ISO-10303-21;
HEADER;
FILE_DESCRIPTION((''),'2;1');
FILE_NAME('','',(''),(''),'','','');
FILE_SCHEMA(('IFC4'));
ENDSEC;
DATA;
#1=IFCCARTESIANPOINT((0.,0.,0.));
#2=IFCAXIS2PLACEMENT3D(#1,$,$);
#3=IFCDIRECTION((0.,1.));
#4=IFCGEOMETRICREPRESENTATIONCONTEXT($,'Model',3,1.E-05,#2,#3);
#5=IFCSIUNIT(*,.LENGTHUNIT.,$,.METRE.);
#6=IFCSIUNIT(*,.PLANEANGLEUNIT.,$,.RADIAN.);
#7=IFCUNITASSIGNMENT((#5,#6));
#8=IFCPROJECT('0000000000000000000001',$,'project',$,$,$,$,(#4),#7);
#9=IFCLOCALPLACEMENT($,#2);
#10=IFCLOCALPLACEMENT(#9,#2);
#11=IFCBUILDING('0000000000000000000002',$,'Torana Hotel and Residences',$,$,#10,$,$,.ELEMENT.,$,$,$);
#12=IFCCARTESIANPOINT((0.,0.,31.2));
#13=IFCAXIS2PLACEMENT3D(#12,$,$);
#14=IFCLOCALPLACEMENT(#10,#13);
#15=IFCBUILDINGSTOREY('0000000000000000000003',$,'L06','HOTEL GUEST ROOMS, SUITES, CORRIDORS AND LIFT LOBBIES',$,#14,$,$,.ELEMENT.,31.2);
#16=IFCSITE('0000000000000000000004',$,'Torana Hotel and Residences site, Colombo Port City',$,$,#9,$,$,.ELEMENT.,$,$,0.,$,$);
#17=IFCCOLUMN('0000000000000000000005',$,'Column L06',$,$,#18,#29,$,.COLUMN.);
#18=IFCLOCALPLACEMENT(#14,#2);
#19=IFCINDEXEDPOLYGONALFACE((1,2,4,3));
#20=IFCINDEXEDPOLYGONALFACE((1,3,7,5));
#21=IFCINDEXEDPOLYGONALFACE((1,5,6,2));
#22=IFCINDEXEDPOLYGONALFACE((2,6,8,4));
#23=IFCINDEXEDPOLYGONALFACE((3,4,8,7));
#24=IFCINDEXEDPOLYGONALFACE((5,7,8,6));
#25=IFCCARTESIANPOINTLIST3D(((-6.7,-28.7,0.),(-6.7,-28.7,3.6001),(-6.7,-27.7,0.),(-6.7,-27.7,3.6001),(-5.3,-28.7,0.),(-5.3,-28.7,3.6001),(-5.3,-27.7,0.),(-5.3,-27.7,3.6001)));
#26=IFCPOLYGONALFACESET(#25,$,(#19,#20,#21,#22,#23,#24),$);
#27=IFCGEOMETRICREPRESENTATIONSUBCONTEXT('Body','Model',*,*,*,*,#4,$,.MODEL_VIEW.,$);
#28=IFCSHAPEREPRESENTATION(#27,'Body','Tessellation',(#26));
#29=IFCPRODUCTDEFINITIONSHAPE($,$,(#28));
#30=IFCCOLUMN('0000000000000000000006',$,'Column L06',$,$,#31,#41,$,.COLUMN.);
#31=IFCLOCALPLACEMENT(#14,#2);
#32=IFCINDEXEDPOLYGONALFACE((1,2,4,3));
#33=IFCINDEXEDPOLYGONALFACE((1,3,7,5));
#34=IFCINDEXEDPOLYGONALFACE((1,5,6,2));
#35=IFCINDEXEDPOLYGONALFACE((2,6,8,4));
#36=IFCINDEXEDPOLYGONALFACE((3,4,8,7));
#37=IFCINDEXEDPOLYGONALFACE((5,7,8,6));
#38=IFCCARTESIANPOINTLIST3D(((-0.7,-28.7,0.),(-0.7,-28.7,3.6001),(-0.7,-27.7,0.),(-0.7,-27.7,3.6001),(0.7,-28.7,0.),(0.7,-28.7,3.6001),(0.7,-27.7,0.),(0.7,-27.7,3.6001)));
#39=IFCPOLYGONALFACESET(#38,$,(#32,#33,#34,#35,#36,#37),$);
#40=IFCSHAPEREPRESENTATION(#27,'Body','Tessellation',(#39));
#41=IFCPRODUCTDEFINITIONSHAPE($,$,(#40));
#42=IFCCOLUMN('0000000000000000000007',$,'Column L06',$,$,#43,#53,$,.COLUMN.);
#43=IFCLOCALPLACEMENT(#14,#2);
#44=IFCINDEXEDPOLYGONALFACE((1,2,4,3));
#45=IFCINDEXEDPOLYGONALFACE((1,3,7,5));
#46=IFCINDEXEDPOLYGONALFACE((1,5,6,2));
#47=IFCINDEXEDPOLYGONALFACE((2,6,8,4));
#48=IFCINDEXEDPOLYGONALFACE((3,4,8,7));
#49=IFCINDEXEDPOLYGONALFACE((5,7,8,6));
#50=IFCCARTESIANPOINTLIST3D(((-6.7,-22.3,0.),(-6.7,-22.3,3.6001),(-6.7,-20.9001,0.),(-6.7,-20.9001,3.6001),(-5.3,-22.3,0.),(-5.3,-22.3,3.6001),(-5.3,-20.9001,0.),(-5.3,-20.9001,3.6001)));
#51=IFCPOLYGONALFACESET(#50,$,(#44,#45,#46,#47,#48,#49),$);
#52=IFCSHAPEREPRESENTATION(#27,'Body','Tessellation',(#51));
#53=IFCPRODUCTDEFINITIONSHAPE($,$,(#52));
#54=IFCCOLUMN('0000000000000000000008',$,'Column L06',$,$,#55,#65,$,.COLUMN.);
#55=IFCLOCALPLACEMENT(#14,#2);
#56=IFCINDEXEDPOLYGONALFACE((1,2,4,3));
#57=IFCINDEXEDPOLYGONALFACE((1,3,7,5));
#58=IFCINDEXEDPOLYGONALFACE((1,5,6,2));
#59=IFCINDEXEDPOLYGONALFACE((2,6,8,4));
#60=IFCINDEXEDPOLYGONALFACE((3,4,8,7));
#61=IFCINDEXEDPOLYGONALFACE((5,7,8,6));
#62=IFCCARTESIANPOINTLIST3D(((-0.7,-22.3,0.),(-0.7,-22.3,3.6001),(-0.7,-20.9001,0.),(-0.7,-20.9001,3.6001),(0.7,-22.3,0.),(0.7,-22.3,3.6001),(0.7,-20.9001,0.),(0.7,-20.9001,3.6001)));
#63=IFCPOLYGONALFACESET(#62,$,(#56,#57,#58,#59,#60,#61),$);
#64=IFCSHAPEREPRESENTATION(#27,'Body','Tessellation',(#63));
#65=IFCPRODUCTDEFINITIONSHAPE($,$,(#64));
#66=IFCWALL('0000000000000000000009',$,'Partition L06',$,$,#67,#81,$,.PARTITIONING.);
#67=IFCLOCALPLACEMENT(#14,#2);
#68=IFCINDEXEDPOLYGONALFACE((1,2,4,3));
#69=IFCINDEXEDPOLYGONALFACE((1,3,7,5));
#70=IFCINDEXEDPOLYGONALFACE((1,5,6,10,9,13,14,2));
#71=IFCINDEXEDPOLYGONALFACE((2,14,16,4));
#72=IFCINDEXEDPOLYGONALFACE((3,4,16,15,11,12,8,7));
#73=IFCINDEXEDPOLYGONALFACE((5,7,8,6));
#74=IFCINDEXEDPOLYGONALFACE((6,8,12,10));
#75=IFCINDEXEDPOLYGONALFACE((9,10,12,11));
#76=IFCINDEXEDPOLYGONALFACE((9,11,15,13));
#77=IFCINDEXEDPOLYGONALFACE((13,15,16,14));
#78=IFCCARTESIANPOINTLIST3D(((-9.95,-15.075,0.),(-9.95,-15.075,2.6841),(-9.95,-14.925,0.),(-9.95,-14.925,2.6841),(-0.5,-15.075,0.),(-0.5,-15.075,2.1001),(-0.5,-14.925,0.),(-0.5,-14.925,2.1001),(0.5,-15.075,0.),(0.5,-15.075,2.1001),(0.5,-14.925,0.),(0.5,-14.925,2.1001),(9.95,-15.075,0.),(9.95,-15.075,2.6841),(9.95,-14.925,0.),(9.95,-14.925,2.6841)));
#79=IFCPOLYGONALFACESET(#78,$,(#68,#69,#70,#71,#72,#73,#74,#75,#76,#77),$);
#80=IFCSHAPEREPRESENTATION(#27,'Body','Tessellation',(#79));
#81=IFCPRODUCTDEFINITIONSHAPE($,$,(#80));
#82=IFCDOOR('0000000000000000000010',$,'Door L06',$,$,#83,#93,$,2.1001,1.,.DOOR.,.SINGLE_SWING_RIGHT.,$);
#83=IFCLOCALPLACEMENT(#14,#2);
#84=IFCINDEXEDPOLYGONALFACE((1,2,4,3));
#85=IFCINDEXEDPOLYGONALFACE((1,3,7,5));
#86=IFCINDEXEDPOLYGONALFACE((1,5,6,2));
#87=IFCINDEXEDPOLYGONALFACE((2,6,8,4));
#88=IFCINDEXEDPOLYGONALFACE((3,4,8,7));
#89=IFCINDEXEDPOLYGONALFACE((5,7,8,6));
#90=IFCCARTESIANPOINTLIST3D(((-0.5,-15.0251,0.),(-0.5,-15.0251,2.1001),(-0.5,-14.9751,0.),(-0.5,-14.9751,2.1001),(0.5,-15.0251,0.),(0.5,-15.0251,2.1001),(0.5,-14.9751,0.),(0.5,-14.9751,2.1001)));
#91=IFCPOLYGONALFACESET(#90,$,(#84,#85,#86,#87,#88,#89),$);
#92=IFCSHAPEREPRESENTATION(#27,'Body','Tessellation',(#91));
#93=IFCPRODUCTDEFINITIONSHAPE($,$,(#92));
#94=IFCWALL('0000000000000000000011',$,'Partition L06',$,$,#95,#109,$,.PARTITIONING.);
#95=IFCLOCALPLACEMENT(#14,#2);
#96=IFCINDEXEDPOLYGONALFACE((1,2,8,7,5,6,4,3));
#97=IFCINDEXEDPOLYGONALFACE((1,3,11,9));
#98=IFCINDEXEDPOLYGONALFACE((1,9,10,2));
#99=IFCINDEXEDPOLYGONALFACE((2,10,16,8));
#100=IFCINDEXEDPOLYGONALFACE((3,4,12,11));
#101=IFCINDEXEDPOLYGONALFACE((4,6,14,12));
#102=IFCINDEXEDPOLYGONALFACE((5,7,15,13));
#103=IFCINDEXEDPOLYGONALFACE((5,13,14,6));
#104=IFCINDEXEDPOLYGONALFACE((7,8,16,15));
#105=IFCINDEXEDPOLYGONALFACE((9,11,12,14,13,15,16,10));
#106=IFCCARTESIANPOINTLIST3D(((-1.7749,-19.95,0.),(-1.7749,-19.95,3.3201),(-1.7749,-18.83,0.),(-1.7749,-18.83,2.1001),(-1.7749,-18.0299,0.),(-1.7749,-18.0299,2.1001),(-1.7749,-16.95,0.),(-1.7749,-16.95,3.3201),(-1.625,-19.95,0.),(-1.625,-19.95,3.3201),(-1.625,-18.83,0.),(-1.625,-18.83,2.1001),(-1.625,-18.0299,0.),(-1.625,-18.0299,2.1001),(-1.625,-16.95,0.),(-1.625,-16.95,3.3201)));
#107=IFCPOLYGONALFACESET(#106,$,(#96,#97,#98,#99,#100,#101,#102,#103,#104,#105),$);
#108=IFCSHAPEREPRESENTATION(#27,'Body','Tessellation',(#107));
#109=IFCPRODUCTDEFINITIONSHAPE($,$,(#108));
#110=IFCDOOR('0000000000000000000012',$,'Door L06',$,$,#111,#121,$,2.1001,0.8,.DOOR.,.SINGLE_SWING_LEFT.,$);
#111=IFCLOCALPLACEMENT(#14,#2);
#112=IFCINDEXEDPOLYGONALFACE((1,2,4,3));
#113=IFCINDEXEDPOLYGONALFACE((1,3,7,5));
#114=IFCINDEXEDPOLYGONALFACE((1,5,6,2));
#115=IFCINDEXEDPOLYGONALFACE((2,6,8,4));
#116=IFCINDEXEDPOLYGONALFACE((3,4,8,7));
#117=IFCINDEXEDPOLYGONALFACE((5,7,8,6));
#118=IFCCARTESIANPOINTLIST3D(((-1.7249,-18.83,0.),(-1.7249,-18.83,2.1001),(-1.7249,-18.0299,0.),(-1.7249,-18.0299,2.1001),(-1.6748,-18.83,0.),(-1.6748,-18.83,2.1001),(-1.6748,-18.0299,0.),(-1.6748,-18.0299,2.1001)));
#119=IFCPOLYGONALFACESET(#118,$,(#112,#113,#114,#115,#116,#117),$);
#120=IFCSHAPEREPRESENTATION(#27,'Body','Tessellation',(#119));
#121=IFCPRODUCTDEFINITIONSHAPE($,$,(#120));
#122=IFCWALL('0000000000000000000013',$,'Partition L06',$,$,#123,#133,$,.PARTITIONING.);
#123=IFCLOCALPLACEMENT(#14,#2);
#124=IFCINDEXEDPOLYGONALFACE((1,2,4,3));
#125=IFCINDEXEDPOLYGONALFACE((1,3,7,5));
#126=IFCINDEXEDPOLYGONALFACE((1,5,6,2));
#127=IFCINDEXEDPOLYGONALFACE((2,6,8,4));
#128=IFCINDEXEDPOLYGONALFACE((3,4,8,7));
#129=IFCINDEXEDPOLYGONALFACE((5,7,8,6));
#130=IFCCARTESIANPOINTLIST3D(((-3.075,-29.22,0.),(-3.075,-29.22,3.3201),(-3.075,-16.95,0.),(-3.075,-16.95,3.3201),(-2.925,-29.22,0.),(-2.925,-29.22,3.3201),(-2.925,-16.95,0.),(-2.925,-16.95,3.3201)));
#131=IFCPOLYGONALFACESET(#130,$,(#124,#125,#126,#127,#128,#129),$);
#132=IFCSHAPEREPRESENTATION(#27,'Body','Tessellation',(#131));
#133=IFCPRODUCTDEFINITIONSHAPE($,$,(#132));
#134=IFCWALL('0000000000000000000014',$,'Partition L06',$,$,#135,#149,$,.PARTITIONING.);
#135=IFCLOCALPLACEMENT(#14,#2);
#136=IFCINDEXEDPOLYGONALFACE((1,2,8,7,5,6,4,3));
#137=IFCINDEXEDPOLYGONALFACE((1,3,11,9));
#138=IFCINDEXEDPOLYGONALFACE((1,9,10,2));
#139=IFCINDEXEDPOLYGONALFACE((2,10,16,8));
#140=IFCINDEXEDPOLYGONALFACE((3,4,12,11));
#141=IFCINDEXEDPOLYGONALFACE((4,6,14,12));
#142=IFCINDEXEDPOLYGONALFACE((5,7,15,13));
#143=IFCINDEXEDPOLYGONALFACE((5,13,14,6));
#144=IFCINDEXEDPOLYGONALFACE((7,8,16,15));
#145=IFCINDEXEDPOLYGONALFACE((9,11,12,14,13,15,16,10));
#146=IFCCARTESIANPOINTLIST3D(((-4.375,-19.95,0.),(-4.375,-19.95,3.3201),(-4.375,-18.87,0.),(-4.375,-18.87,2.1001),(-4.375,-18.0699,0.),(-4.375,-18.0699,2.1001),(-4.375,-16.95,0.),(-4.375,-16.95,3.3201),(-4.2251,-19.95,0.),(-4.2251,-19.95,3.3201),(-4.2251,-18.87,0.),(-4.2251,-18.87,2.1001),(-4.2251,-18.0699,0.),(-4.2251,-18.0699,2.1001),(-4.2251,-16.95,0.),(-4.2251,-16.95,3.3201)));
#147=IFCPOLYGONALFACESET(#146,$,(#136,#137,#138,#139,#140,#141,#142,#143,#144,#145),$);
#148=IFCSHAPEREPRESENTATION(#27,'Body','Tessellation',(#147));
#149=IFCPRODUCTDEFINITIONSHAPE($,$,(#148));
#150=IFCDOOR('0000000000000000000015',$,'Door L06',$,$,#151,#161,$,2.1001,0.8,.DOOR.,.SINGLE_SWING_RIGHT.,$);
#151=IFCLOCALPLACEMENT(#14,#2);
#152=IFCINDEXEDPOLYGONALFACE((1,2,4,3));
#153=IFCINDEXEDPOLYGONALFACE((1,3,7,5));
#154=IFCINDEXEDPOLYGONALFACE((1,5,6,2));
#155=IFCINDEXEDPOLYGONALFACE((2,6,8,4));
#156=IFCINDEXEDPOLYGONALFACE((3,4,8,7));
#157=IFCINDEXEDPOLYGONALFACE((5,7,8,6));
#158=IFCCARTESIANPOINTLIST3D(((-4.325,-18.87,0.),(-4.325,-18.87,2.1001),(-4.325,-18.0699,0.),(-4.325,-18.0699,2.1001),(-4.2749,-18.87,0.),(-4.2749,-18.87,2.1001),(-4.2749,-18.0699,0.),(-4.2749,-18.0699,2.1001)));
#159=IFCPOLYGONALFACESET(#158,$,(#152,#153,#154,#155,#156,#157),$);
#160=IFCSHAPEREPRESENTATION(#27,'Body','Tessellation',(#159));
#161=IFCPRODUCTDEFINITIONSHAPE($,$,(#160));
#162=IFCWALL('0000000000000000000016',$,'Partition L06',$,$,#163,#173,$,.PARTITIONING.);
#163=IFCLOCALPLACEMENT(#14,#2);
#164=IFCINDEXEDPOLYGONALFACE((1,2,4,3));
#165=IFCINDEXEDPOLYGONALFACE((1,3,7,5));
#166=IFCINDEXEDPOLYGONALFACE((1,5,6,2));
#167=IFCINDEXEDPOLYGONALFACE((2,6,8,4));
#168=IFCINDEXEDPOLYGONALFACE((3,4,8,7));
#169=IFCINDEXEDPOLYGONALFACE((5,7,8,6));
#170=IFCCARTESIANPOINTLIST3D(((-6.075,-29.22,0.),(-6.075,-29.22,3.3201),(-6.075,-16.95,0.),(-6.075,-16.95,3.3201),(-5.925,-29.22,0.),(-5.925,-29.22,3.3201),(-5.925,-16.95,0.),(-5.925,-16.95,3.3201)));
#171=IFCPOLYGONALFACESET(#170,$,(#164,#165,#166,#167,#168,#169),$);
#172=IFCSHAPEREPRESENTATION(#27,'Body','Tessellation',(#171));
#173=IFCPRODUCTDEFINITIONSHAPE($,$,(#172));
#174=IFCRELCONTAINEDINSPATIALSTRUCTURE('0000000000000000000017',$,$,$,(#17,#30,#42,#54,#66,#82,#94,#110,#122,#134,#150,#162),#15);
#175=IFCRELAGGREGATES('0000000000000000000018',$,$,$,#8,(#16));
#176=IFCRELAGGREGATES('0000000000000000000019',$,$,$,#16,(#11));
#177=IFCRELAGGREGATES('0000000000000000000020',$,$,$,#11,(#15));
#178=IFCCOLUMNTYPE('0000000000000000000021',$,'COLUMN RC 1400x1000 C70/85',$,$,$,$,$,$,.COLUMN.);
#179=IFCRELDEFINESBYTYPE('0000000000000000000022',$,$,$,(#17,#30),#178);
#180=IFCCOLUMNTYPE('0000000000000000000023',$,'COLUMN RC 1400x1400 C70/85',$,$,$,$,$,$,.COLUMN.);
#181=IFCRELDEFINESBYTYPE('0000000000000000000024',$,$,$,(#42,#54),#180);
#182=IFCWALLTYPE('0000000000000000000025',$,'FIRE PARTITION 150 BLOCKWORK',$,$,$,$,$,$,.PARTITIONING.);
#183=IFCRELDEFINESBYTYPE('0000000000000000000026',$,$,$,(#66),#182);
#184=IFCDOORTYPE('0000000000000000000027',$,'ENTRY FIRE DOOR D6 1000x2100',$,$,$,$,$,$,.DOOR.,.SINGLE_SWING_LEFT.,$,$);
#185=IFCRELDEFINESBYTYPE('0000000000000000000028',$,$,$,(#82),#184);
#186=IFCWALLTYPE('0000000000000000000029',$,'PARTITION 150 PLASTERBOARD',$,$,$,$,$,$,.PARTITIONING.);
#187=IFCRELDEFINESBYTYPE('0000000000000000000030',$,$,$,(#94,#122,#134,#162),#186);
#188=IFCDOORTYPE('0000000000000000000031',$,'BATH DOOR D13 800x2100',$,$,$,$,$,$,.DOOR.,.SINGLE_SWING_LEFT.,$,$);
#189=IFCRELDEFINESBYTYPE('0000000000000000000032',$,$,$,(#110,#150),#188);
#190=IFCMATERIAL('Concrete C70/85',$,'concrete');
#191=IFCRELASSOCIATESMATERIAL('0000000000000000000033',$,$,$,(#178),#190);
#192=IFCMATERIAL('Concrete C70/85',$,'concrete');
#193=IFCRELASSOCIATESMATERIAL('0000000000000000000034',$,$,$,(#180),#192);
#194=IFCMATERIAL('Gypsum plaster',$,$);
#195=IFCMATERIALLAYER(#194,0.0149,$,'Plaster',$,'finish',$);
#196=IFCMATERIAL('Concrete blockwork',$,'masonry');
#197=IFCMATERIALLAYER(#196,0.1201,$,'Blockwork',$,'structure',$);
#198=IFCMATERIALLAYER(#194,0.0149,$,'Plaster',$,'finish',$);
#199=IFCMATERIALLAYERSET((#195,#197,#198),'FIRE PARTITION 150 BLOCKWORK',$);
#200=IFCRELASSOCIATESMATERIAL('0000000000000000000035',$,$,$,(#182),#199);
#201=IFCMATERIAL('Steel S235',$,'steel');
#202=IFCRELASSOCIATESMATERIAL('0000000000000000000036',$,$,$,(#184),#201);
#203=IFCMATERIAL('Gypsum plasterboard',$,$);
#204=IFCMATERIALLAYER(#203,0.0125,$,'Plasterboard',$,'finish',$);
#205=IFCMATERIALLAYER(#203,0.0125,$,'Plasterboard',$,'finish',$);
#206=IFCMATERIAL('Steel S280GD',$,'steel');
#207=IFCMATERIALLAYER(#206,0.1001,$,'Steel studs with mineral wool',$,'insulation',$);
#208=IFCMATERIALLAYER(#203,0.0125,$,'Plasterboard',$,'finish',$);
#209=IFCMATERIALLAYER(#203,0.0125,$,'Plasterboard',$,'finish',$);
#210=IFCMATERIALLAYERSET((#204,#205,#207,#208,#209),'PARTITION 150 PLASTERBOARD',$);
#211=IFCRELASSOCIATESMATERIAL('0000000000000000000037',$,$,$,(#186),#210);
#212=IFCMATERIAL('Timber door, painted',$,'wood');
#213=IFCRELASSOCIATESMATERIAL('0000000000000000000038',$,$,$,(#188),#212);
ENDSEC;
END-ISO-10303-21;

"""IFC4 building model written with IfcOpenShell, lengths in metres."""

from ifc_helpers import new_model, si_unit, direction, frame, frame_2d, origin, origin_2d, place, context, subcontext, project, spatial, rectangle, extrude, material, layer, layer_set, material_profile, profile_set, type_object, element, fill, save


model = new_model("IFC4")

# Units and contexts
model_context = context("Model", 3, precision=1e-05, world=origin(), true_north=direction((0.0, 1.0)))
body_context = subcontext(model_context, "Body", "Model", "MODEL_VIEW")
ifc_project = project(units=[si_unit("LENGTHUNIT", "METRE"), si_unit("PLANEANGLEUNIT", "RADIAN")], contexts=[model_context])

# Site, building, storey
site_placement = place(None, origin())
site = spatial("IfcSite", under=ifc_project, at=site_placement, Name="Torana Hotel and Residences site, Colombo Port City", CompositionType="ELEMENT", RefElevation=0.0)
building_placement = place(site_placement, origin())
building = spatial("IfcBuilding", under=site, at=building_placement, Name="Torana Hotel and Residences", CompositionType="ELEMENT")
storey_placement = place(building_placement, frame((0.0, 0.0, 31.2)))
storey = spatial("IfcBuildingStorey", under=building, at=storey_placement, Name="L06", Description="HOTEL GUEST ROOMS, SUITES, CORRIDORS AND LIFT LOBBIES", CompositionType="ELEMENT", Elevation=31.2)

# Columns
ifc_material_1 = material(Name="Concrete C70/85", Category="concrete")
ifc_material_profile_1 = material_profile(ifc_material_1, rectangle(XDim=1.3999, YDim=1.0, at=origin_2d()), Name="RC 1400x1000")
ifc_profile_set_1 = profile_set([ifc_material_profile_1], Name="Concrete C70/85")
column_type_1 = type_object("IfcColumnType", Name="COLUMN RC 1400x1000 C70/85", PredefinedType="COLUMN", material=ifc_profile_set_1)
for number, where, z_axis, x_axis, name in (
    (1, (-6.0, -28.2, 0.0), (0.0, 0.0, 1.0), (1.0, 0.0, 0.0), "Column L06"),
    (2, (0.0, -28.2, 0.0), (0.0, 0.0, 1.0), (1.0, 0.0, 0.0), "Column L06"),
):
    element("IfcColumn", number, at=place(storey_placement, frame(where, z_axis=z_axis, x_axis=x_axis)), inside=storey, type_object=column_type_1, Name=name, PredefinedType="COLUMN", context=body_context, shape_type="SweptSolid", body=[
        extrude(rectangle(XDim=1.3999, YDim=1.0, at=origin_2d()), origin(), (0.0, 0.0, 1.0), 3.6001),
    ])
ifc_material_2 = material(Name="Concrete C70/85", Category="concrete")
ifc_material_profile_2 = material_profile(ifc_material_2, rectangle(XDim=1.3999, YDim=1.3999, at=origin_2d()), Name="RC 1400x1400")
ifc_profile_set_2 = profile_set([ifc_material_profile_2], Name="Concrete C70/85")
column_type_2 = type_object("IfcColumnType", Name="COLUMN RC 1400x1400 C70/85", PredefinedType="COLUMN", material=ifc_profile_set_2)
for number, where, z_axis, x_axis, name in (
    (3, (-6.0, -21.6001, 0.0), (0.0, 0.0, 1.0), (1.0, 0.0, 0.0), "Column L06"),
    (4, (0.0, -21.6001, 0.0), (0.0, 0.0, 1.0), (1.0, 0.0, 0.0), "Column L06"),
):
    element("IfcColumn", number, at=place(storey_placement, frame(where, z_axis=z_axis, x_axis=x_axis)), inside=storey, type_object=column_type_2, Name=name, PredefinedType="COLUMN", context=body_context, shape_type="SweptSolid", body=[
        extrude(rectangle(XDim=1.3999, YDim=1.3999, at=origin_2d()), origin(), (0.0, 0.0, 1.0), 3.6001),
    ])

# Walls, openings, doors
ifc_material_3 = material(Name="Gypsum plaster")
ifc_layer_1 = layer(ifc_material_3, 0.0149, Name="Plaster", Category="finish")
ifc_material_4 = material(Name="Concrete blockwork", Category="masonry")
ifc_layer_2 = layer(ifc_material_4, 0.1201, Name="Blockwork", Category="structure")
ifc_layer_3 = layer(ifc_material_3, 0.0149, Name="Plaster", Category="finish")
ifc_layer_set_1 = layer_set([ifc_layer_1, ifc_layer_2, ifc_layer_3], Name="FIRE PARTITION 150 BLOCKWORK")
wall_type_1 = type_object("IfcWallType", Name="FIRE PARTITION 150 BLOCKWORK", PredefinedType="PARTITIONING", material=ifc_layer_set_1)
wall_1_placement = place(storey_placement, frame((-9.95, -15.0, 0.0), z_axis=(0.0, 0.0, 1.0), x_axis=(1.0, 0.0, 0.0)))
wall_1 = element("IfcWall", 5, at=wall_1_placement, inside=storey, type_object=wall_type_1, Name="Partition L06", PredefinedType="PARTITIONING", context=body_context, shape_type="SweptSolid", body=[
    extrude(rectangle(XDim=19.8999, YDim=0.1499, at=frame_2d((9.95, 0.0))), origin(), (0.0, 0.0, 1.0), 2.6841),
])
opening_1_placement = place(wall_1_placement, frame((9.45, 0.0, 0.0)))
opening_1 = element("IfcOpeningElement", 6, at=opening_1_placement, cuts=wall_1, PredefinedType="OPENING", context=body_context, shape_type="SweptSolid", body=[
    extrude(rectangle(XDim=1.0, YDim=2.1001, at=frame_2d((0.5, 1.05))), frame((0.0, 0.085, 0.0), z_axis=(0.0, -1.0, 0.0), x_axis=(1.0, 0.0, 0.0)), (0.0, 0.0, 1.0), 0.1699),
])
ifc_material_5 = material(Name="Steel S235", Category="steel")
door_type_1 = type_object("IfcDoorType", Name="ENTRY FIRE DOOR D6 1000x2100", OperationType="SINGLE_SWING_LEFT", PredefinedType="DOOR", material=ifc_material_5)
door_1_placement = place(opening_1_placement, origin())
door_1 = element("IfcDoor", 7, at=door_1_placement, inside=storey, type_object=door_type_1, Name="Door L06", OperationType="SINGLE_SWING_RIGHT", OverallHeight=2.1001, OverallWidth=1.0, PredefinedType="DOOR", context=body_context, shape_type="SweptSolid", body=[
    extrude(rectangle(XDim=1.0, YDim=2.1001, at=frame_2d((0.5, 1.05))), frame((0.0, 0.0249, 0.0), z_axis=(0.0, -1.0, 0.0), x_axis=(1.0, 0.0, 0.0)), (0.0, 0.0, 1.0), 0.05),
])
fill(opening_1, door_1)
ifc_material_6 = material(Name="Gypsum plasterboard")
ifc_layer_4 = layer(ifc_material_6, 0.0125, Name="Plasterboard", Category="finish")
ifc_layer_5 = layer(ifc_material_6, 0.0125, Name="Plasterboard", Category="finish")
ifc_material_7 = material(Name="Steel S280GD", Category="steel")
ifc_layer_6 = layer(ifc_material_7, 0.1001, Name="Steel studs with mineral wool", Category="insulation")
ifc_layer_7 = layer(ifc_material_6, 0.0125, Name="Plasterboard", Category="finish")
ifc_layer_8 = layer(ifc_material_6, 0.0125, Name="Plasterboard", Category="finish")
ifc_layer_set_2 = layer_set([ifc_layer_4, ifc_layer_5, ifc_layer_6, ifc_layer_7, ifc_layer_8], Name="PARTITION 150 PLASTERBOARD")
wall_type_2 = type_object("IfcWallType", Name="PARTITION 150 PLASTERBOARD", PredefinedType="PARTITIONING", material=ifc_layer_set_2)
wall_2_placement = place(storey_placement, frame((-1.7, -19.95, 0.0), z_axis=(0.0, 0.0, 1.0), x_axis=(0.0, 1.0, 0.0)))
wall_2 = element("IfcWall", 8, at=wall_2_placement, inside=storey, type_object=wall_type_2, Name="Partition L06", PredefinedType="PARTITIONING", context=body_context, shape_type="SweptSolid", body=[
    extrude(rectangle(XDim=3.0, YDim=0.1499, at=frame_2d((1.5, 0.0))), origin(), (0.0, 0.0, 1.0), 3.3201),
])
opening_2_placement = place(wall_2_placement, frame((1.1201, 0.0, 0.0)))
opening_2 = element("IfcOpeningElement", 9, at=opening_2_placement, cuts=wall_2, PredefinedType="OPENING", context=body_context, shape_type="SweptSolid", body=[
    extrude(rectangle(XDim=0.8, YDim=2.1001, at=frame_2d((0.3999, 1.05))), frame((0.0, 0.085, 0.0), z_axis=(0.0, -1.0, 0.0), x_axis=(1.0, 0.0, 0.0)), (0.0, 0.0, 1.0), 0.1699),
])
ifc_material_8 = material(Name="Timber door, painted", Category="wood")
door_type_2 = type_object("IfcDoorType", Name="BATH DOOR D13 800x2100", OperationType="SINGLE_SWING_LEFT", PredefinedType="DOOR", material=ifc_material_8)
door_2_placement = place(opening_2_placement, origin())
door_2 = element("IfcDoor", 10, at=door_2_placement, inside=storey, type_object=door_type_2, Name="Door L06", OperationType="SINGLE_SWING_LEFT", OverallHeight=2.1001, OverallWidth=0.8, PredefinedType="DOOR", context=body_context, shape_type="SweptSolid", body=[
    extrude(rectangle(XDim=0.8, YDim=2.1001, at=frame_2d((0.3999, 1.05))), frame((0.0, 0.0249, 0.0), z_axis=(0.0, -1.0, 0.0), x_axis=(1.0, 0.0, 0.0)), (0.0, 0.0, 1.0), 0.05),
])
fill(opening_2, door_2)

# Wall
wall_3_placement = place(storey_placement, frame((-3.0, -29.22, 0.0), z_axis=(0.0, 0.0, 1.0), x_axis=(0.0, 1.0, 0.0)))
element("IfcWall", 11, at=wall_3_placement, inside=storey, type_object=wall_type_2, Name="Partition L06", PredefinedType="PARTITIONING", context=body_context, shape_type="SweptSolid", body=[
    extrude(rectangle(XDim=12.27, YDim=0.1499, at=frame_2d((6.135, 0.0))), origin(), (0.0, 0.0, 1.0), 3.3201),
])

# Wall, opening, door
wall_4_placement = place(storey_placement, frame((-4.3, -19.95, 0.0), z_axis=(0.0, 0.0, 1.0), x_axis=(0.0, 1.0, 0.0)))
wall_4 = element("IfcWall", 12, at=wall_4_placement, inside=storey, type_object=wall_type_2, Name="Partition L06", PredefinedType="PARTITIONING", context=body_context, shape_type="SweptSolid", body=[
    extrude(rectangle(XDim=3.0, YDim=0.1499, at=frame_2d((1.5, 0.0))), origin(), (0.0, 0.0, 1.0), 3.3201),
])
opening_3_placement = place(wall_4_placement, frame((1.0801, 0.0, 0.0)))
opening_3 = element("IfcOpeningElement", 13, at=opening_3_placement, cuts=wall_4, PredefinedType="OPENING", context=body_context, shape_type="SweptSolid", body=[
    extrude(rectangle(XDim=0.8, YDim=2.1001, at=frame_2d((0.3999, 1.05))), frame((0.0, 0.085, 0.0), z_axis=(0.0, -1.0, 0.0), x_axis=(1.0, 0.0, 0.0)), (0.0, 0.0, 1.0), 0.1699),
])
door_3_placement = place(opening_3_placement, origin())
door_3 = element("IfcDoor", 14, at=door_3_placement, inside=storey, type_object=door_type_2, Name="Door L06", OperationType="SINGLE_SWING_RIGHT", OverallHeight=2.1001, OverallWidth=0.8, PredefinedType="DOOR", context=body_context, shape_type="SweptSolid", body=[
    extrude(rectangle(XDim=0.8, YDim=2.1001, at=frame_2d((0.3999, 1.05))), frame((0.0, 0.0249, 0.0), z_axis=(0.0, -1.0, 0.0), x_axis=(1.0, 0.0, 0.0)), (0.0, 0.0, 1.0), 0.05),
])
fill(opening_3, door_3)

# Wall
wall_5_placement = place(storey_placement, frame((-6.0, -29.22, 0.0), z_axis=(0.0, 0.0, 1.0), x_axis=(0.0, 1.0, 0.0)))
element("IfcWall", 15, at=wall_5_placement, inside=storey, type_object=wall_type_2, Name="Partition L06", PredefinedType="PARTITIONING", context=body_context, shape_type="SweptSolid", body=[
    extrude(rectangle(XDim=12.27, YDim=0.1499, at=frame_2d((6.135, 0.0))), origin(), (0.0, 0.0, 1.0), 3.3201),
])

save(model, "model.ifc")
